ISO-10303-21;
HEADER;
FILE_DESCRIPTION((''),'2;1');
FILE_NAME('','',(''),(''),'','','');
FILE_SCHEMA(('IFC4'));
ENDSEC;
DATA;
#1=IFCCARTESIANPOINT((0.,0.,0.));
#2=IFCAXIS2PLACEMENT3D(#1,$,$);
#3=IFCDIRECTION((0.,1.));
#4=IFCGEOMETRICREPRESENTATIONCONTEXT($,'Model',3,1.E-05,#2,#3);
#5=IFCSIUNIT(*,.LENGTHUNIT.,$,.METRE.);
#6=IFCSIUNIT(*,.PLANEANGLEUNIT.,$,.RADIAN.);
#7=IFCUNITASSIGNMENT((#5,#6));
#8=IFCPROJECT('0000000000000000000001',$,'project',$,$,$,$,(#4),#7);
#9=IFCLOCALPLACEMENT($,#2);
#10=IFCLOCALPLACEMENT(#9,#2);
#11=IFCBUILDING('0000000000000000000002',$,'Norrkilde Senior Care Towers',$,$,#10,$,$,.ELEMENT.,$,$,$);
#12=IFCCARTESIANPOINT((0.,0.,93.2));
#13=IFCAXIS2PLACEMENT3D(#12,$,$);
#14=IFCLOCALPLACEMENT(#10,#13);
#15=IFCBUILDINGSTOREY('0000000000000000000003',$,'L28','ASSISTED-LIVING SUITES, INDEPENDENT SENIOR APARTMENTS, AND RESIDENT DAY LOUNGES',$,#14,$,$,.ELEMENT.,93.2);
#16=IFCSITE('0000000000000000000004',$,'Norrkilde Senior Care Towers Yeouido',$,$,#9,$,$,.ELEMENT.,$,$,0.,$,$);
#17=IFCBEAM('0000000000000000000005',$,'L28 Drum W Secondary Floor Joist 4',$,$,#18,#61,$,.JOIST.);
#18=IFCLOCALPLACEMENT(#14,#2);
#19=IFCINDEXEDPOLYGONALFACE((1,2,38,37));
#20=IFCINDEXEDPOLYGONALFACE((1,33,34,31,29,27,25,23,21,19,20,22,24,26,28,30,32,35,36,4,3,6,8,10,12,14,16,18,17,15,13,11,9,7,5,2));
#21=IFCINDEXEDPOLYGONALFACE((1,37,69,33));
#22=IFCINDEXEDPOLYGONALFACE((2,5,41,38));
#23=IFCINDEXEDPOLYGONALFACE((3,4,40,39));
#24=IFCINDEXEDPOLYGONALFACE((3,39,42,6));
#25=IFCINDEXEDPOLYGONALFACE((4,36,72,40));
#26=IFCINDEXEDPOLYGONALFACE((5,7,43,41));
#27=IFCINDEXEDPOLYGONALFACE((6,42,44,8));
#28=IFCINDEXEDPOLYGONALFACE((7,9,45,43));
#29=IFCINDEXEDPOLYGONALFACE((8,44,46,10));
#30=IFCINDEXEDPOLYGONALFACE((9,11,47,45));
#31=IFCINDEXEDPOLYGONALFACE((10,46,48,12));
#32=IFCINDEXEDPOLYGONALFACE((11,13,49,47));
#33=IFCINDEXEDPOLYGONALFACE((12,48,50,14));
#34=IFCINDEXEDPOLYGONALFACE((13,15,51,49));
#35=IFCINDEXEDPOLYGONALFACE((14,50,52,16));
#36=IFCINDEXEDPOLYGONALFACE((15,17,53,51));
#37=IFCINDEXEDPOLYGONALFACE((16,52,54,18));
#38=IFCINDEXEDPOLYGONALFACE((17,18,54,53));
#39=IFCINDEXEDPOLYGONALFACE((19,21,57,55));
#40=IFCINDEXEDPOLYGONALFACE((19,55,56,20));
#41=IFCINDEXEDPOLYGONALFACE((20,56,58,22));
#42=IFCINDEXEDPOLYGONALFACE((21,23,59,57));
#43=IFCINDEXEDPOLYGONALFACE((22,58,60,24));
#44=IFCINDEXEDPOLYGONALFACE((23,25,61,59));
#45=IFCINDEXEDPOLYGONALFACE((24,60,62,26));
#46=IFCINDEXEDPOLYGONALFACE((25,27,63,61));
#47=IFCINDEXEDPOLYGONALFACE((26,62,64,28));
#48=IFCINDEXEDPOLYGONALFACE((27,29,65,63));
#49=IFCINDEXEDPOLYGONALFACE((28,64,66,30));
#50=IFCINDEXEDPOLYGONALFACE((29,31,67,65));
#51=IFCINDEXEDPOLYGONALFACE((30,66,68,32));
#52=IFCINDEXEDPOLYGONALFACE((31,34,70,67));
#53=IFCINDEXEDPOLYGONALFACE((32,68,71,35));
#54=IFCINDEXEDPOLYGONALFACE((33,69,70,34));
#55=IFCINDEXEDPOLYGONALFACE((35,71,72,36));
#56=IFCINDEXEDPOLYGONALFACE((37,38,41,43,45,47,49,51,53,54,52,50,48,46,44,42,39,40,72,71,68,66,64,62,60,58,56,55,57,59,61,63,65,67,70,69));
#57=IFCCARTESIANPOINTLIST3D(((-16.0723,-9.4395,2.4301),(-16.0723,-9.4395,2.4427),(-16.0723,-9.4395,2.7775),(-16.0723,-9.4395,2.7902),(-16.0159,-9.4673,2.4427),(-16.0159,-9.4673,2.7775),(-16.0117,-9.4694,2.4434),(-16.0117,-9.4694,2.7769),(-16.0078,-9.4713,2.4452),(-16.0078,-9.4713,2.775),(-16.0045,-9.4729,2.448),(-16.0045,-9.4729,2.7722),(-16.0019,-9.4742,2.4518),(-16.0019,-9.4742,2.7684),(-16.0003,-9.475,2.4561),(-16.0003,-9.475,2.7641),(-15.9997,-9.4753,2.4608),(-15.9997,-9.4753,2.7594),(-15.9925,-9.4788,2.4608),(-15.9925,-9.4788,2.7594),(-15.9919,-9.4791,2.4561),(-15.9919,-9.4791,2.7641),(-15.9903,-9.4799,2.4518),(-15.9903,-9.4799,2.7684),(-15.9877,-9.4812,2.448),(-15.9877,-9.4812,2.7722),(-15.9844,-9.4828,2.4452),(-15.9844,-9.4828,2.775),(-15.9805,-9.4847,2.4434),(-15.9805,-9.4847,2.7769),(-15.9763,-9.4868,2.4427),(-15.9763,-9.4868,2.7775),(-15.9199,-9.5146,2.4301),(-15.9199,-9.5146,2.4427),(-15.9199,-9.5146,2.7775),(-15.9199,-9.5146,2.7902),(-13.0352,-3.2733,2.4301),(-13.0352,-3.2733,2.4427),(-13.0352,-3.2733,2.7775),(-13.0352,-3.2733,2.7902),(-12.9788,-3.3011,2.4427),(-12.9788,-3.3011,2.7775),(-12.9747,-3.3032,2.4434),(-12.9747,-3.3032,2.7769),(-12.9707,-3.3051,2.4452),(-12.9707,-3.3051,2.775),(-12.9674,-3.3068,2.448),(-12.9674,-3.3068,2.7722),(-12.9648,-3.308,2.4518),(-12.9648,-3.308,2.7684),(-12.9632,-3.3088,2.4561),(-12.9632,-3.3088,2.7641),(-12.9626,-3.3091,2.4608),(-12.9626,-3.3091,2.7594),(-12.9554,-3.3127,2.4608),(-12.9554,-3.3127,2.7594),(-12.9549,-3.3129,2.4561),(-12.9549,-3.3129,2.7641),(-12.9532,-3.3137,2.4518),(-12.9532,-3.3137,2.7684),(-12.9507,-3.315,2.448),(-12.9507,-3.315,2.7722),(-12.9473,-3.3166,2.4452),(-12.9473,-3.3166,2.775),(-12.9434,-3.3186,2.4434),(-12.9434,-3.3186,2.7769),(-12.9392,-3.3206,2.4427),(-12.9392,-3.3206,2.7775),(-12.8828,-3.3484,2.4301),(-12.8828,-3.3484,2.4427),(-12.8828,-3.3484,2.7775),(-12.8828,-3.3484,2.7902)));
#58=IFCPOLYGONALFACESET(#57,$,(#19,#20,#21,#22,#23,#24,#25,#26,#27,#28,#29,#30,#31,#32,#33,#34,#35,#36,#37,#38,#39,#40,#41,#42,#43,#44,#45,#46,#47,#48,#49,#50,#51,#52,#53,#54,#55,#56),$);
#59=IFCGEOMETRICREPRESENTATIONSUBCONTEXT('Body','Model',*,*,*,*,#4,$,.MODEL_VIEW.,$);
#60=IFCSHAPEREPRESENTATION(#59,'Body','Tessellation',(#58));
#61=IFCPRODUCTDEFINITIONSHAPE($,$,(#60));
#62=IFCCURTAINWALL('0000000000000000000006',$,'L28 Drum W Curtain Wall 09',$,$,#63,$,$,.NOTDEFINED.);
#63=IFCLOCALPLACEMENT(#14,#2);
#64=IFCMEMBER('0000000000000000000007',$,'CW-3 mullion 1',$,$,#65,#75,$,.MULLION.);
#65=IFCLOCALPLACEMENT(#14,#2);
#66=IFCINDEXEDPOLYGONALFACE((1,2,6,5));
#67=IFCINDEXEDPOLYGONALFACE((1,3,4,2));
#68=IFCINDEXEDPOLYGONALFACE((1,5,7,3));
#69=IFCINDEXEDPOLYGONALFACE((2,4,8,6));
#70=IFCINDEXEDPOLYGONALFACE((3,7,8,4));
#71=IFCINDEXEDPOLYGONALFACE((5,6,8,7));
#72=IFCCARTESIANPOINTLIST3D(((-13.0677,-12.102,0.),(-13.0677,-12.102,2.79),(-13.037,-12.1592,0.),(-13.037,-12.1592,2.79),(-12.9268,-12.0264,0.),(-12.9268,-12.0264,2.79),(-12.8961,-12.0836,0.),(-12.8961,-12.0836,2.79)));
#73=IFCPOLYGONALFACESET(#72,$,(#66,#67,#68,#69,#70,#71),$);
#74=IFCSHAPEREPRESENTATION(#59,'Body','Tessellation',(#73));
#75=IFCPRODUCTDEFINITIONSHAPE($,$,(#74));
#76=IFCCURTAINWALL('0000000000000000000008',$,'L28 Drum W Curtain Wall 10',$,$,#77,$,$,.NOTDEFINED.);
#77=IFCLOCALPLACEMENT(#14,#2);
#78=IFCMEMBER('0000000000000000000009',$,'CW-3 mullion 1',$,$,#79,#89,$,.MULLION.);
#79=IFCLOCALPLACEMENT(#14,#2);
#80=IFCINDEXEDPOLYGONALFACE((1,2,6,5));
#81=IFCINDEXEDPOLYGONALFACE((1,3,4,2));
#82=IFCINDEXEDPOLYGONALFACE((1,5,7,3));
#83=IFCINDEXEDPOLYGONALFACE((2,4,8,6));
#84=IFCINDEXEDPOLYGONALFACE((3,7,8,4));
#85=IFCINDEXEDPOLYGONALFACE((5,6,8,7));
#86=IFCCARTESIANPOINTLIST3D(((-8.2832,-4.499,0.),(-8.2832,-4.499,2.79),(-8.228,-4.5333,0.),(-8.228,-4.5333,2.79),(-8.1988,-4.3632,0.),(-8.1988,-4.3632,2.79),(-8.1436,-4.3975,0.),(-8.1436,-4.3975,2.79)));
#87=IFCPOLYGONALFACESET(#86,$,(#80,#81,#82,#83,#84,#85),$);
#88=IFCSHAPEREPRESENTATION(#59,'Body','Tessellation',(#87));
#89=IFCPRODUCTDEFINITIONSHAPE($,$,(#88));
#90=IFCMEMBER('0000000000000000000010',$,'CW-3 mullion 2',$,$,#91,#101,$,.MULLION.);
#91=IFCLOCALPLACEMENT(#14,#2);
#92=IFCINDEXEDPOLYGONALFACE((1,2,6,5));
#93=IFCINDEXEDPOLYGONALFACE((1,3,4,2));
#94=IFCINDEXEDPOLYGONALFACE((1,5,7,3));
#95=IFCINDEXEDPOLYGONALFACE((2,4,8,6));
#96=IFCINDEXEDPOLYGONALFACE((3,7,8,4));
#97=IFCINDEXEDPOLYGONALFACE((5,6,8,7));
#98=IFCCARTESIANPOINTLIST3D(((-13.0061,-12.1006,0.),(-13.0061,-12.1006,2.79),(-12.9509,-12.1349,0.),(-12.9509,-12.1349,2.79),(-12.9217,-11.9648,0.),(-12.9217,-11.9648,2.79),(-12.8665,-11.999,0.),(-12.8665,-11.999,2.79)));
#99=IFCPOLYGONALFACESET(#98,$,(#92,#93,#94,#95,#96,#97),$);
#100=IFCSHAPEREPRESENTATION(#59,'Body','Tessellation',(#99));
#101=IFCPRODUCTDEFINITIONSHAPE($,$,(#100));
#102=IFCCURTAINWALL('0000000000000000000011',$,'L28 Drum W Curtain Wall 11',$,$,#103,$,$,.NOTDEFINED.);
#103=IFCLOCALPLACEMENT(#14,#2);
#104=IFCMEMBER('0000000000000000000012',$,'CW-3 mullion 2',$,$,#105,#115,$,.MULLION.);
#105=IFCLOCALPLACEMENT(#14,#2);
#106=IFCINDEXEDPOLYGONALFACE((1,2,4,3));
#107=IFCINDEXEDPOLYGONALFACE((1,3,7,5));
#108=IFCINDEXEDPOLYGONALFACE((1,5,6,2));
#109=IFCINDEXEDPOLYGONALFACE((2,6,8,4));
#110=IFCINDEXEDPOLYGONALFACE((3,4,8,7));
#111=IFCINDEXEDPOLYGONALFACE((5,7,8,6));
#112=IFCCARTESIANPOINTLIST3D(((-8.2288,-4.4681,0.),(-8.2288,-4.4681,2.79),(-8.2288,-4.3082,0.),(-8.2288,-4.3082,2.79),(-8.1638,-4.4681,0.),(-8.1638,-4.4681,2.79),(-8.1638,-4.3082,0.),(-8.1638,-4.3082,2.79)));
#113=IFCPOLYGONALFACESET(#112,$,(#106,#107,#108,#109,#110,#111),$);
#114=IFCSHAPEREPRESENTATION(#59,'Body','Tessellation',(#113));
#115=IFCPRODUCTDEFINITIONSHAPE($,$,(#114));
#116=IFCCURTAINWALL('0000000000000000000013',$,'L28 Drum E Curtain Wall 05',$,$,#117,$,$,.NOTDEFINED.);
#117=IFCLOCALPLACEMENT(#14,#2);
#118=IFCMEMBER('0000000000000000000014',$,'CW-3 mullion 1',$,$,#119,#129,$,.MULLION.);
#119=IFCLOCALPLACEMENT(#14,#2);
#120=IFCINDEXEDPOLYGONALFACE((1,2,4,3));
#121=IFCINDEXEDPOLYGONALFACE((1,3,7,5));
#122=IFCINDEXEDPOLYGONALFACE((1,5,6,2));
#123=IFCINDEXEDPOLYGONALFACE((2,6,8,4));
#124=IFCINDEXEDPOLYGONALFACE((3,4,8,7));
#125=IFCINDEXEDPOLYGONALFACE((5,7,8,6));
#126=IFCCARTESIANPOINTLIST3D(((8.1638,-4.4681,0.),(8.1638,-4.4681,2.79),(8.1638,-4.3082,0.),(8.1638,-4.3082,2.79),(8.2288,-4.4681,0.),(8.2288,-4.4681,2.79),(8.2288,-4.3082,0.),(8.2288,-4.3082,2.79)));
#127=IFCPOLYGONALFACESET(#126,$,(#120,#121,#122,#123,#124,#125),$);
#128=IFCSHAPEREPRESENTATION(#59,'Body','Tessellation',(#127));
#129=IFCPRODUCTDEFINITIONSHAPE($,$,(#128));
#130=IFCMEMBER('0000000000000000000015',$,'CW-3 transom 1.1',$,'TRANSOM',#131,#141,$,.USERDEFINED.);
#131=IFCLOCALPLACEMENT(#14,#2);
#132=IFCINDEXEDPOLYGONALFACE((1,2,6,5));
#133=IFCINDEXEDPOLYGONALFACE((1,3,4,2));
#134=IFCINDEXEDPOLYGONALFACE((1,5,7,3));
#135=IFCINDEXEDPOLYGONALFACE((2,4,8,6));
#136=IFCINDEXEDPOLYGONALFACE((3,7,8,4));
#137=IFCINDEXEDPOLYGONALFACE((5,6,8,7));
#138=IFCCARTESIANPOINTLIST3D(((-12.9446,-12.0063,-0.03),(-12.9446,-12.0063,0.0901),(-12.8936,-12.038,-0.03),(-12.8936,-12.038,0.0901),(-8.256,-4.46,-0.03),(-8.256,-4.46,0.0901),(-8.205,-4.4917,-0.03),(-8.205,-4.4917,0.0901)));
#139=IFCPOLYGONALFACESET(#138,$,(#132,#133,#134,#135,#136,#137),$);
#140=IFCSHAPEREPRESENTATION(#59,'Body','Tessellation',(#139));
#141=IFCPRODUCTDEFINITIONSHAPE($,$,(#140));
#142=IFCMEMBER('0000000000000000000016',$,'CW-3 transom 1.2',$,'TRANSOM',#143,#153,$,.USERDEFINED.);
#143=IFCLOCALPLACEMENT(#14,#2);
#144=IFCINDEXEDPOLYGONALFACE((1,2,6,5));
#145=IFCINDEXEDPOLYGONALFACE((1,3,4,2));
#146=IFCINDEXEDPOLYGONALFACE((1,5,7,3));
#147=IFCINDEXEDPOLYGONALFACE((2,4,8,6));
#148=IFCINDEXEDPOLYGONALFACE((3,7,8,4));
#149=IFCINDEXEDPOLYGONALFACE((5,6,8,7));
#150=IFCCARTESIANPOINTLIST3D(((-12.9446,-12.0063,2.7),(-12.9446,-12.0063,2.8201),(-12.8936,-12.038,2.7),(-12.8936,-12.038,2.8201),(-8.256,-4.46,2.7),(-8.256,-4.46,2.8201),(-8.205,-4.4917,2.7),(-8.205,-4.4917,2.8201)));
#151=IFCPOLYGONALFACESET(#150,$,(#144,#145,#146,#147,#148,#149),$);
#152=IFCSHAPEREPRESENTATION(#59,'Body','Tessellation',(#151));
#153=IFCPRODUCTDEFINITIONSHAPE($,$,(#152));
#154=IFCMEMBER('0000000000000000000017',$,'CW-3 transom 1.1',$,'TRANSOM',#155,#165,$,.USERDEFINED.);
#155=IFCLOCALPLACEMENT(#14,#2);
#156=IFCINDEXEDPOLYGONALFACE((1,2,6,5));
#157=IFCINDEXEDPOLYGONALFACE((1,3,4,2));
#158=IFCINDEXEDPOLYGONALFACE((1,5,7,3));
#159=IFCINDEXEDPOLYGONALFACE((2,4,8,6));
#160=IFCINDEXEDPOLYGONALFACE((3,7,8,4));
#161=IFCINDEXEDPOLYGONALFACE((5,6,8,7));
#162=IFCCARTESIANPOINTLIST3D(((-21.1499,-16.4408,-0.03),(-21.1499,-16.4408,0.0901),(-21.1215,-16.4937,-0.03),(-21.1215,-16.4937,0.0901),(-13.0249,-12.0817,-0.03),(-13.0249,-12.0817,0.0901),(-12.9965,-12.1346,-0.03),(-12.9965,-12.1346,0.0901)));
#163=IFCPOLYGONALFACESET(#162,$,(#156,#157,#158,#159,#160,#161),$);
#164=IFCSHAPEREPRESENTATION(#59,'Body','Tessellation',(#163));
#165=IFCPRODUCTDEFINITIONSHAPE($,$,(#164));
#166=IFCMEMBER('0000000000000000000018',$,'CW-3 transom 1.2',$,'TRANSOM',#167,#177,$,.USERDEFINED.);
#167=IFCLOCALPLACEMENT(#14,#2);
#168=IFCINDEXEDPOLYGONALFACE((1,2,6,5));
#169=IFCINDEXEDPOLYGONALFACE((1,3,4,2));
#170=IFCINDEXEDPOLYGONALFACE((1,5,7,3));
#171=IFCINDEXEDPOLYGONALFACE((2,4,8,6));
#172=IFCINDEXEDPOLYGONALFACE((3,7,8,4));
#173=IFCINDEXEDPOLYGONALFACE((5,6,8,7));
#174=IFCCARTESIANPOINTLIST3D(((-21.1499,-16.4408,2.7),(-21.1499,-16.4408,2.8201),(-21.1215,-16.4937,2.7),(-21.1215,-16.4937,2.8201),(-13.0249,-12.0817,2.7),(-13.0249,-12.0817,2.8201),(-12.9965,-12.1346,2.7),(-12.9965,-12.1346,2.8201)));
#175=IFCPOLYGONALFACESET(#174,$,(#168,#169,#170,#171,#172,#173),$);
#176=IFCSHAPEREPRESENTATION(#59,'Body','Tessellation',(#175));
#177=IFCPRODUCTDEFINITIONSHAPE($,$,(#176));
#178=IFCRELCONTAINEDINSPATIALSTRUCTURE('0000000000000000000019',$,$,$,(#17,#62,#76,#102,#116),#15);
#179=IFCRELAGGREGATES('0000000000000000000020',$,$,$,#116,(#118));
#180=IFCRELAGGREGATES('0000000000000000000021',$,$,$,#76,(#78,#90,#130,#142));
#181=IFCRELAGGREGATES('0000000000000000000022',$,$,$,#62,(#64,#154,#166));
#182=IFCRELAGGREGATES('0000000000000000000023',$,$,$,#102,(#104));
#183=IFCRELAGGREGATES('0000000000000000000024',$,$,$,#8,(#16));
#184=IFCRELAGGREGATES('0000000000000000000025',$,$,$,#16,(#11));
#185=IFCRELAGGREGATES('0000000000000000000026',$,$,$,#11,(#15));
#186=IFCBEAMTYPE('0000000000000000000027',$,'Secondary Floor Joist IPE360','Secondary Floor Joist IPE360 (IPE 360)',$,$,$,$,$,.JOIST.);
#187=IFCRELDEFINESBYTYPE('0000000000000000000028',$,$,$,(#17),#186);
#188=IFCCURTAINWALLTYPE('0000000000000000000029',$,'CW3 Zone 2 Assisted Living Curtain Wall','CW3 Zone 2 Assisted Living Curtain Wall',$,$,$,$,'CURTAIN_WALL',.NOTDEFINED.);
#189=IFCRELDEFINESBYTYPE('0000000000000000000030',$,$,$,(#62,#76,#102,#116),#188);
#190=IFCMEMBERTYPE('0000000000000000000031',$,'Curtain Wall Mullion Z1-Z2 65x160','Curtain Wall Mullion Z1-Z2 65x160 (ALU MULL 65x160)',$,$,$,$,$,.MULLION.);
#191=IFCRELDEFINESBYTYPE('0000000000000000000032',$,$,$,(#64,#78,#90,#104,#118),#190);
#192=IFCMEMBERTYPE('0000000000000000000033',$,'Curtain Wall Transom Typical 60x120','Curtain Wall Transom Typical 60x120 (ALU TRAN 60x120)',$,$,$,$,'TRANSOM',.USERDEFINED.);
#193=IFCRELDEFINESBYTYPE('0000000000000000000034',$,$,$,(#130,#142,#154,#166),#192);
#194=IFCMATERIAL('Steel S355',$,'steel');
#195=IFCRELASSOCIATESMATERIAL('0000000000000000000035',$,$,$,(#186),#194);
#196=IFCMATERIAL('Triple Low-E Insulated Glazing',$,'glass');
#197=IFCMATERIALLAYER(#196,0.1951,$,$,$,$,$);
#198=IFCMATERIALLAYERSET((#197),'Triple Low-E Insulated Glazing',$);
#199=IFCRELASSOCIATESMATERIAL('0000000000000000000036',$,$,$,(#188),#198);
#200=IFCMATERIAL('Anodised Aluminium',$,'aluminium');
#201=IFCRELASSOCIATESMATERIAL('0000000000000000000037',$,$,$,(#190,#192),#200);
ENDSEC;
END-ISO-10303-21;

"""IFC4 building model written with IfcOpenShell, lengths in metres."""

from ifc_helpers import new_model, si_unit, direction, frame, origin, origin_2d, place, context, subcontext, project, spatial, rectangle, i_section, extrude, source, transform, mapped, material, layer, layer_set, material_profile, profile_set, type_object, type_shapes, element, aggregate, save


model = new_model("IFC4")

# Units and contexts
model_context = context("Model", 3, precision=1e-05, world=origin(), true_north=direction((0.0, 1.0)))
body_context = subcontext(model_context, "Body", "Model", "MODEL_VIEW")
ifc_project = project(units=[si_unit("LENGTHUNIT", "METRE"), si_unit("PLANEANGLEUNIT", "RADIAN")], contexts=[model_context])

# Site, building, storey
site_placement = place(None, origin())
site = spatial("IfcSite", under=ifc_project, at=site_placement, Name="Norrkilde Senior Care Towers Yeouido", CompositionType="ELEMENT", RefElevation=0.0)
building_placement = place(site_placement, origin())
building = spatial("IfcBuilding", under=site, at=building_placement, Name="Norrkilde Senior Care Towers", CompositionType="ELEMENT")
storey_placement = place(building_placement, frame((0.0, 0.0, 93.2)))
storey = spatial("IfcBuildingStorey", under=building, at=storey_placement, Name="L28", Description="ASSISTED-LIVING SUITES, INDEPENDENT SENIOR APARTMENTS, AND RESIDENT DAY LOUNGES", CompositionType="ELEMENT", Elevation=93.2)

# Beam
ifc_material_1 = material(Name="Steel S355", Category="steel")
ifc_material_profile_1 = material_profile(ifc_material_1, i_section(OverallWidth=0.1699, OverallDepth=0.3601, WebThickness=0.0081, FlangeThickness=0.0127, FilletRadius=0.0181, at=origin_2d()), Name="IPE 360")
ifc_profile_set_1 = profile_set([ifc_material_profile_1], Name="Steel S355")
beam_type_1 = type_object("IfcBeamType", Name="Secondary Floor Joist IPE360", Description="Secondary Floor Joist IPE360 (IPE 360)", PredefinedType="JOIST", material=ifc_profile_set_1)
shared_shape_1 = source(origin(), body_context, "Body", "SweptSolid", [
    extrude(i_section(OverallWidth=0.1699, OverallDepth=0.3601, WebThickness=0.0081, FlangeThickness=0.0127, FilletRadius=0.0181, at=origin_2d()), origin(), (0.0, 0.0, 1.0), 6.8735),
])
type_shapes(beam_type_1, [shared_shape_1])
beam_1_placement = place(storey_placement, frame((-15.9961, -9.4771, 2.6101), z_axis=(0.441849, 0.897089, 0.0), x_axis=(-0.897089, 0.441849, 0.0)))
element("IfcBeam", 1, at=beam_1_placement, inside=storey, type_object=beam_type_1, Name="L28 Drum W Secondary Floor Joist 4", PredefinedType="JOIST", context=body_context, shape_type="MappedRepresentation", body=[
    mapped(shared_shape_1, transform((0.0, 0.0, 0.0), x_axis=(1.0, 0.0, 0.0), y_axis=(0.0, 1.0, 0.0), z_axis=(0.0, 0.0, 1.0), scale=1.0)),
])

# Curtain wall, member
ifc_material_2 = material(Name="Triple Low-E Insulated Glazing", Category="glass")
ifc_layer_1 = layer(ifc_material_2, 0.1951)
ifc_layer_set_1 = layer_set([ifc_layer_1], Name="Triple Low-E Insulated Glazing")
curtain_wall_type = type_object("IfcCurtainWallType", Name="CW3 Zone 2 Assisted Living Curtain Wall", Description="CW3 Zone 2 Assisted Living Curtain Wall", ElementType="CURTAIN_WALL", PredefinedType="NOTDEFINED", material=ifc_layer_set_1)
curtain_wall_1_placement = place(storey_placement, origin())
curtain_wall_1 = element("IfcCurtainWall", 2, at=curtain_wall_1_placement, inside=storey, type_object=curtain_wall_type, Name="L28 Drum W Curtain Wall 09", PredefinedType="NOTDEFINED")
ifc_material_3 = material(Name="Anodised Aluminium", Category="aluminium")
ifc_material_profile_2 = material_profile(ifc_material_3, rectangle(XDim=0.0649, YDim=0.1599, at=origin_2d()), Name="ALU MULL 65x160")
ifc_profile_set_2 = profile_set([ifc_material_profile_2], Name="Anodised Aluminium")
member_type_1 = type_object("IfcMemberType", Name="Curtain Wall Mullion Z1-Z2 65x160", Description="Curtain Wall Mullion Z1-Z2 65x160 (ALU MULL 65x160)", PredefinedType="MULLION", material=ifc_profile_set_2)
shared_shape_2 = source(origin(), body_context, "Body", "SweptSolid", [
    extrude(rectangle(XDim=0.0649, YDim=0.1599, at=origin_2d()), origin(), (0.0, 0.0, 1.0), 2.79),
])
type_shapes(member_type_1, [shared_shape_2])
member_1_placement = place(storey_placement, frame((-12.9819, -12.0928, 0.0), z_axis=(0.0, 0.0, 1.0), x_axis=(0.472769, -0.881186, 0.0)))
member_1 = element("IfcMember", 3, at=member_1_placement, type_object=member_type_1, Name="CW-3 mullion 1", PredefinedType="MULLION", context=body_context, shape_type="MappedRepresentation", body=[
    mapped(shared_shape_2, transform((0.0, 0.0, 0.0), x_axis=(1.0, 0.0, 0.0), y_axis=(0.0, 1.0, 0.0), z_axis=(0.0, 0.0, 1.0), scale=1.0)),
])

# Curtain wall, members
curtain_wall_2_placement = place(storey_placement, origin())
curtain_wall_2 = element("IfcCurtainWall", 4, at=curtain_wall_2_placement, inside=storey, type_object=curtain_wall_type, Name="L28 Drum W Curtain Wall 10", PredefinedType="NOTDEFINED")
member_2_placement = place(storey_placement, frame((-8.2134, -4.4482, 0.0), z_axis=(0.0, 0.0, 1.0), x_axis=(0.84941, -0.527733, 0.0)))
member_2 = element("IfcMember", 5, at=member_2_placement, type_object=member_type_1, Name="CW-3 mullion 1", PredefinedType="MULLION", context=body_context, shape_type="MappedRepresentation", body=[
    mapped(shared_shape_2, transform((0.0, 0.0, 0.0), x_axis=(1.0, 0.0, 0.0), y_axis=(0.0, 1.0, 0.0), z_axis=(0.0, 0.0, 1.0), scale=1.0)),
])
member_3_placement = place(storey_placement, frame((-12.9363, -12.0498, 0.0), z_axis=(0.0, 0.0, 1.0), x_axis=(0.84941, -0.527733, 0.0)))
member_3 = element("IfcMember", 6, at=member_3_placement, type_object=member_type_1, Name="CW-3 mullion 2", PredefinedType="MULLION", context=body_context, shape_type="MappedRepresentation", body=[
    mapped(shared_shape_2, transform((0.0, 0.0, 0.0), x_axis=(1.0, 0.0, 0.0), y_axis=(0.0, 1.0, 0.0), z_axis=(0.0, 0.0, 1.0), scale=1.0)),
])

# Curtain walls, members
curtain_wall_3_placement = place(storey_placement, origin())
curtain_wall_3 = element("IfcCurtainWall", 7, at=curtain_wall_3_placement, inside=storey, type_object=curtain_wall_type, Name="L28 Drum W Curtain Wall 11", PredefinedType="NOTDEFINED")
member_4_placement = place(storey_placement, frame((-8.1963, -4.3882, 0.0), z_axis=(0.0, 0.0, 1.0), x_axis=(1.0, 0.0, 0.0)))
member_4 = element("IfcMember", 8, at=member_4_placement, type_object=member_type_1, Name="CW-3 mullion 2", PredefinedType="MULLION", context=body_context, shape_type="MappedRepresentation", body=[
    mapped(shared_shape_2, transform((0.0, 0.0, 0.0), x_axis=(1.0, 0.0, 0.0), y_axis=(0.0, 1.0, 0.0), z_axis=(0.0, 0.0, 1.0), scale=1.0)),
])
curtain_wall_4_placement = place(storey_placement, origin())
curtain_wall_4 = element("IfcCurtainWall", 9, at=curtain_wall_4_placement, inside=storey, type_object=curtain_wall_type, Name="L28 Drum E Curtain Wall 05", PredefinedType="NOTDEFINED")
member_5_placement = place(storey_placement, frame((8.1963, -4.3882, 0.0), z_axis=(0.0, 0.0, 1.0), x_axis=(-1.0, 0.0, 0.0)))
member_5 = element("IfcMember", 10, at=member_5_placement, type_object=member_type_1, Name="CW-3 mullion 1", PredefinedType="MULLION", context=body_context, shape_type="MappedRepresentation", body=[
    mapped(shared_shape_2, transform((0.0, 0.0, 0.0), x_axis=(1.0, 0.0, 0.0), y_axis=(0.0, 1.0, 0.0), z_axis=(0.0, 0.0, 1.0), scale=1.0)),
])
aggregate(curtain_wall_4, [member_5])

# Members
ifc_material_profile_3 = material_profile(ifc_material_3, rectangle(XDim=0.0601, YDim=0.1201, at=origin_2d()), Name="ALU TRAN 60x120")
ifc_profile_set_3 = profile_set([ifc_material_profile_3], Name="Anodised Aluminium")
member_type_2 = type_object("IfcMemberType", Name="Curtain Wall Transom Typical 60x120", Description="Curtain Wall Transom Typical 60x120 (ALU TRAN 60x120)", ElementType="TRANSOM", PredefinedType="USERDEFINED", material=ifc_profile_set_3)
shared_shape_3 = source(origin(), body_context, "Body", "SweptSolid", [
    extrude(rectangle(XDim=0.0601, YDim=0.1201, at=origin_2d()), origin(), (0.0, 0.0, 1.0), 8.8843),
])
member_6_placement = place(storey_placement, frame((-8.2305, -4.4758, 0.03), z_axis=(-0.527749, -0.8494, 0.0), x_axis=(0.8494, -0.527749, 0.0)))
member_6 = element("IfcMember", 11, at=member_6_placement, type_object=member_type_2, Name="CW-3 transom 1.1", ObjectType="TRANSOM", PredefinedType="USERDEFINED", context=body_context, shape_type="MappedRepresentation", body=[
    mapped(shared_shape_3, transform((0.0, 0.0, 0.0), x_axis=(1.0, 0.0, 0.0), y_axis=(0.0, 1.0, 0.0), z_axis=(0.0, 0.0, 1.0), scale=1.0)),
])
member_7_placement = place(storey_placement, frame((-8.2305, -4.4758, 2.76), z_axis=(-0.527749, -0.8494, 0.0), x_axis=(0.8494, -0.527749, 0.0)))
member_7 = element("IfcMember", 12, at=member_7_placement, type_object=member_type_2, Name="CW-3 transom 1.2", ObjectType="TRANSOM", PredefinedType="USERDEFINED", context=body_context, shape_type="MappedRepresentation", body=[
    mapped(shared_shape_3, transform((0.0, 0.0, 0.0), x_axis=(1.0, 0.0, 0.0), y_axis=(0.0, 1.0, 0.0), z_axis=(0.0, 0.0, 1.0), scale=1.0)),
])
shared_shape_4 = source(origin(), body_context, "Body", "SweptSolid", [
    extrude(rectangle(XDim=0.0601, YDim=0.1201, at=origin_2d()), origin(), (0.0, 0.0, 1.0), 9.2205),
])
type_shapes(member_type_2, [shared_shape_3, shared_shape_4])
member_8_placement = place(storey_placement, frame((-13.0107, -12.1082, 0.03), z_axis=(-0.881189, -0.472765, 0.0), x_axis=(0.472765, -0.881189, 0.0)))
member_8 = element("IfcMember", 13, at=member_8_placement, type_object=member_type_2, Name="CW-3 transom 1.1", ObjectType="TRANSOM", PredefinedType="USERDEFINED", context=body_context, shape_type="MappedRepresentation", body=[
    mapped(shared_shape_4, transform((0.0, 0.0, 0.0), x_axis=(1.0, 0.0, 0.0), y_axis=(0.0, 1.0, 0.0), z_axis=(0.0, 0.0, 1.0), scale=1.0)),
])
member_9_placement = place(storey_placement, frame((-13.0107, -12.1082, 2.76), z_axis=(-0.881189, -0.472765, 0.0), x_axis=(0.472765, -0.881189, 0.0)))
member_9 = element("IfcMember", 14, at=member_9_placement, type_object=member_type_2, Name="CW-3 transom 1.2", ObjectType="TRANSOM", PredefinedType="USERDEFINED", context=body_context, shape_type="MappedRepresentation", body=[
    mapped(shared_shape_4, transform((0.0, 0.0, 0.0), x_axis=(1.0, 0.0, 0.0), y_axis=(0.0, 1.0, 0.0), z_axis=(0.0, 0.0, 1.0), scale=1.0)),
])

aggregate(curtain_wall_2, [member_2, member_3, member_6, member_7])
aggregate(curtain_wall_1, [member_1, member_8, member_9])
aggregate(curtain_wall_3, [member_4])

save(model, "model.ifc")
